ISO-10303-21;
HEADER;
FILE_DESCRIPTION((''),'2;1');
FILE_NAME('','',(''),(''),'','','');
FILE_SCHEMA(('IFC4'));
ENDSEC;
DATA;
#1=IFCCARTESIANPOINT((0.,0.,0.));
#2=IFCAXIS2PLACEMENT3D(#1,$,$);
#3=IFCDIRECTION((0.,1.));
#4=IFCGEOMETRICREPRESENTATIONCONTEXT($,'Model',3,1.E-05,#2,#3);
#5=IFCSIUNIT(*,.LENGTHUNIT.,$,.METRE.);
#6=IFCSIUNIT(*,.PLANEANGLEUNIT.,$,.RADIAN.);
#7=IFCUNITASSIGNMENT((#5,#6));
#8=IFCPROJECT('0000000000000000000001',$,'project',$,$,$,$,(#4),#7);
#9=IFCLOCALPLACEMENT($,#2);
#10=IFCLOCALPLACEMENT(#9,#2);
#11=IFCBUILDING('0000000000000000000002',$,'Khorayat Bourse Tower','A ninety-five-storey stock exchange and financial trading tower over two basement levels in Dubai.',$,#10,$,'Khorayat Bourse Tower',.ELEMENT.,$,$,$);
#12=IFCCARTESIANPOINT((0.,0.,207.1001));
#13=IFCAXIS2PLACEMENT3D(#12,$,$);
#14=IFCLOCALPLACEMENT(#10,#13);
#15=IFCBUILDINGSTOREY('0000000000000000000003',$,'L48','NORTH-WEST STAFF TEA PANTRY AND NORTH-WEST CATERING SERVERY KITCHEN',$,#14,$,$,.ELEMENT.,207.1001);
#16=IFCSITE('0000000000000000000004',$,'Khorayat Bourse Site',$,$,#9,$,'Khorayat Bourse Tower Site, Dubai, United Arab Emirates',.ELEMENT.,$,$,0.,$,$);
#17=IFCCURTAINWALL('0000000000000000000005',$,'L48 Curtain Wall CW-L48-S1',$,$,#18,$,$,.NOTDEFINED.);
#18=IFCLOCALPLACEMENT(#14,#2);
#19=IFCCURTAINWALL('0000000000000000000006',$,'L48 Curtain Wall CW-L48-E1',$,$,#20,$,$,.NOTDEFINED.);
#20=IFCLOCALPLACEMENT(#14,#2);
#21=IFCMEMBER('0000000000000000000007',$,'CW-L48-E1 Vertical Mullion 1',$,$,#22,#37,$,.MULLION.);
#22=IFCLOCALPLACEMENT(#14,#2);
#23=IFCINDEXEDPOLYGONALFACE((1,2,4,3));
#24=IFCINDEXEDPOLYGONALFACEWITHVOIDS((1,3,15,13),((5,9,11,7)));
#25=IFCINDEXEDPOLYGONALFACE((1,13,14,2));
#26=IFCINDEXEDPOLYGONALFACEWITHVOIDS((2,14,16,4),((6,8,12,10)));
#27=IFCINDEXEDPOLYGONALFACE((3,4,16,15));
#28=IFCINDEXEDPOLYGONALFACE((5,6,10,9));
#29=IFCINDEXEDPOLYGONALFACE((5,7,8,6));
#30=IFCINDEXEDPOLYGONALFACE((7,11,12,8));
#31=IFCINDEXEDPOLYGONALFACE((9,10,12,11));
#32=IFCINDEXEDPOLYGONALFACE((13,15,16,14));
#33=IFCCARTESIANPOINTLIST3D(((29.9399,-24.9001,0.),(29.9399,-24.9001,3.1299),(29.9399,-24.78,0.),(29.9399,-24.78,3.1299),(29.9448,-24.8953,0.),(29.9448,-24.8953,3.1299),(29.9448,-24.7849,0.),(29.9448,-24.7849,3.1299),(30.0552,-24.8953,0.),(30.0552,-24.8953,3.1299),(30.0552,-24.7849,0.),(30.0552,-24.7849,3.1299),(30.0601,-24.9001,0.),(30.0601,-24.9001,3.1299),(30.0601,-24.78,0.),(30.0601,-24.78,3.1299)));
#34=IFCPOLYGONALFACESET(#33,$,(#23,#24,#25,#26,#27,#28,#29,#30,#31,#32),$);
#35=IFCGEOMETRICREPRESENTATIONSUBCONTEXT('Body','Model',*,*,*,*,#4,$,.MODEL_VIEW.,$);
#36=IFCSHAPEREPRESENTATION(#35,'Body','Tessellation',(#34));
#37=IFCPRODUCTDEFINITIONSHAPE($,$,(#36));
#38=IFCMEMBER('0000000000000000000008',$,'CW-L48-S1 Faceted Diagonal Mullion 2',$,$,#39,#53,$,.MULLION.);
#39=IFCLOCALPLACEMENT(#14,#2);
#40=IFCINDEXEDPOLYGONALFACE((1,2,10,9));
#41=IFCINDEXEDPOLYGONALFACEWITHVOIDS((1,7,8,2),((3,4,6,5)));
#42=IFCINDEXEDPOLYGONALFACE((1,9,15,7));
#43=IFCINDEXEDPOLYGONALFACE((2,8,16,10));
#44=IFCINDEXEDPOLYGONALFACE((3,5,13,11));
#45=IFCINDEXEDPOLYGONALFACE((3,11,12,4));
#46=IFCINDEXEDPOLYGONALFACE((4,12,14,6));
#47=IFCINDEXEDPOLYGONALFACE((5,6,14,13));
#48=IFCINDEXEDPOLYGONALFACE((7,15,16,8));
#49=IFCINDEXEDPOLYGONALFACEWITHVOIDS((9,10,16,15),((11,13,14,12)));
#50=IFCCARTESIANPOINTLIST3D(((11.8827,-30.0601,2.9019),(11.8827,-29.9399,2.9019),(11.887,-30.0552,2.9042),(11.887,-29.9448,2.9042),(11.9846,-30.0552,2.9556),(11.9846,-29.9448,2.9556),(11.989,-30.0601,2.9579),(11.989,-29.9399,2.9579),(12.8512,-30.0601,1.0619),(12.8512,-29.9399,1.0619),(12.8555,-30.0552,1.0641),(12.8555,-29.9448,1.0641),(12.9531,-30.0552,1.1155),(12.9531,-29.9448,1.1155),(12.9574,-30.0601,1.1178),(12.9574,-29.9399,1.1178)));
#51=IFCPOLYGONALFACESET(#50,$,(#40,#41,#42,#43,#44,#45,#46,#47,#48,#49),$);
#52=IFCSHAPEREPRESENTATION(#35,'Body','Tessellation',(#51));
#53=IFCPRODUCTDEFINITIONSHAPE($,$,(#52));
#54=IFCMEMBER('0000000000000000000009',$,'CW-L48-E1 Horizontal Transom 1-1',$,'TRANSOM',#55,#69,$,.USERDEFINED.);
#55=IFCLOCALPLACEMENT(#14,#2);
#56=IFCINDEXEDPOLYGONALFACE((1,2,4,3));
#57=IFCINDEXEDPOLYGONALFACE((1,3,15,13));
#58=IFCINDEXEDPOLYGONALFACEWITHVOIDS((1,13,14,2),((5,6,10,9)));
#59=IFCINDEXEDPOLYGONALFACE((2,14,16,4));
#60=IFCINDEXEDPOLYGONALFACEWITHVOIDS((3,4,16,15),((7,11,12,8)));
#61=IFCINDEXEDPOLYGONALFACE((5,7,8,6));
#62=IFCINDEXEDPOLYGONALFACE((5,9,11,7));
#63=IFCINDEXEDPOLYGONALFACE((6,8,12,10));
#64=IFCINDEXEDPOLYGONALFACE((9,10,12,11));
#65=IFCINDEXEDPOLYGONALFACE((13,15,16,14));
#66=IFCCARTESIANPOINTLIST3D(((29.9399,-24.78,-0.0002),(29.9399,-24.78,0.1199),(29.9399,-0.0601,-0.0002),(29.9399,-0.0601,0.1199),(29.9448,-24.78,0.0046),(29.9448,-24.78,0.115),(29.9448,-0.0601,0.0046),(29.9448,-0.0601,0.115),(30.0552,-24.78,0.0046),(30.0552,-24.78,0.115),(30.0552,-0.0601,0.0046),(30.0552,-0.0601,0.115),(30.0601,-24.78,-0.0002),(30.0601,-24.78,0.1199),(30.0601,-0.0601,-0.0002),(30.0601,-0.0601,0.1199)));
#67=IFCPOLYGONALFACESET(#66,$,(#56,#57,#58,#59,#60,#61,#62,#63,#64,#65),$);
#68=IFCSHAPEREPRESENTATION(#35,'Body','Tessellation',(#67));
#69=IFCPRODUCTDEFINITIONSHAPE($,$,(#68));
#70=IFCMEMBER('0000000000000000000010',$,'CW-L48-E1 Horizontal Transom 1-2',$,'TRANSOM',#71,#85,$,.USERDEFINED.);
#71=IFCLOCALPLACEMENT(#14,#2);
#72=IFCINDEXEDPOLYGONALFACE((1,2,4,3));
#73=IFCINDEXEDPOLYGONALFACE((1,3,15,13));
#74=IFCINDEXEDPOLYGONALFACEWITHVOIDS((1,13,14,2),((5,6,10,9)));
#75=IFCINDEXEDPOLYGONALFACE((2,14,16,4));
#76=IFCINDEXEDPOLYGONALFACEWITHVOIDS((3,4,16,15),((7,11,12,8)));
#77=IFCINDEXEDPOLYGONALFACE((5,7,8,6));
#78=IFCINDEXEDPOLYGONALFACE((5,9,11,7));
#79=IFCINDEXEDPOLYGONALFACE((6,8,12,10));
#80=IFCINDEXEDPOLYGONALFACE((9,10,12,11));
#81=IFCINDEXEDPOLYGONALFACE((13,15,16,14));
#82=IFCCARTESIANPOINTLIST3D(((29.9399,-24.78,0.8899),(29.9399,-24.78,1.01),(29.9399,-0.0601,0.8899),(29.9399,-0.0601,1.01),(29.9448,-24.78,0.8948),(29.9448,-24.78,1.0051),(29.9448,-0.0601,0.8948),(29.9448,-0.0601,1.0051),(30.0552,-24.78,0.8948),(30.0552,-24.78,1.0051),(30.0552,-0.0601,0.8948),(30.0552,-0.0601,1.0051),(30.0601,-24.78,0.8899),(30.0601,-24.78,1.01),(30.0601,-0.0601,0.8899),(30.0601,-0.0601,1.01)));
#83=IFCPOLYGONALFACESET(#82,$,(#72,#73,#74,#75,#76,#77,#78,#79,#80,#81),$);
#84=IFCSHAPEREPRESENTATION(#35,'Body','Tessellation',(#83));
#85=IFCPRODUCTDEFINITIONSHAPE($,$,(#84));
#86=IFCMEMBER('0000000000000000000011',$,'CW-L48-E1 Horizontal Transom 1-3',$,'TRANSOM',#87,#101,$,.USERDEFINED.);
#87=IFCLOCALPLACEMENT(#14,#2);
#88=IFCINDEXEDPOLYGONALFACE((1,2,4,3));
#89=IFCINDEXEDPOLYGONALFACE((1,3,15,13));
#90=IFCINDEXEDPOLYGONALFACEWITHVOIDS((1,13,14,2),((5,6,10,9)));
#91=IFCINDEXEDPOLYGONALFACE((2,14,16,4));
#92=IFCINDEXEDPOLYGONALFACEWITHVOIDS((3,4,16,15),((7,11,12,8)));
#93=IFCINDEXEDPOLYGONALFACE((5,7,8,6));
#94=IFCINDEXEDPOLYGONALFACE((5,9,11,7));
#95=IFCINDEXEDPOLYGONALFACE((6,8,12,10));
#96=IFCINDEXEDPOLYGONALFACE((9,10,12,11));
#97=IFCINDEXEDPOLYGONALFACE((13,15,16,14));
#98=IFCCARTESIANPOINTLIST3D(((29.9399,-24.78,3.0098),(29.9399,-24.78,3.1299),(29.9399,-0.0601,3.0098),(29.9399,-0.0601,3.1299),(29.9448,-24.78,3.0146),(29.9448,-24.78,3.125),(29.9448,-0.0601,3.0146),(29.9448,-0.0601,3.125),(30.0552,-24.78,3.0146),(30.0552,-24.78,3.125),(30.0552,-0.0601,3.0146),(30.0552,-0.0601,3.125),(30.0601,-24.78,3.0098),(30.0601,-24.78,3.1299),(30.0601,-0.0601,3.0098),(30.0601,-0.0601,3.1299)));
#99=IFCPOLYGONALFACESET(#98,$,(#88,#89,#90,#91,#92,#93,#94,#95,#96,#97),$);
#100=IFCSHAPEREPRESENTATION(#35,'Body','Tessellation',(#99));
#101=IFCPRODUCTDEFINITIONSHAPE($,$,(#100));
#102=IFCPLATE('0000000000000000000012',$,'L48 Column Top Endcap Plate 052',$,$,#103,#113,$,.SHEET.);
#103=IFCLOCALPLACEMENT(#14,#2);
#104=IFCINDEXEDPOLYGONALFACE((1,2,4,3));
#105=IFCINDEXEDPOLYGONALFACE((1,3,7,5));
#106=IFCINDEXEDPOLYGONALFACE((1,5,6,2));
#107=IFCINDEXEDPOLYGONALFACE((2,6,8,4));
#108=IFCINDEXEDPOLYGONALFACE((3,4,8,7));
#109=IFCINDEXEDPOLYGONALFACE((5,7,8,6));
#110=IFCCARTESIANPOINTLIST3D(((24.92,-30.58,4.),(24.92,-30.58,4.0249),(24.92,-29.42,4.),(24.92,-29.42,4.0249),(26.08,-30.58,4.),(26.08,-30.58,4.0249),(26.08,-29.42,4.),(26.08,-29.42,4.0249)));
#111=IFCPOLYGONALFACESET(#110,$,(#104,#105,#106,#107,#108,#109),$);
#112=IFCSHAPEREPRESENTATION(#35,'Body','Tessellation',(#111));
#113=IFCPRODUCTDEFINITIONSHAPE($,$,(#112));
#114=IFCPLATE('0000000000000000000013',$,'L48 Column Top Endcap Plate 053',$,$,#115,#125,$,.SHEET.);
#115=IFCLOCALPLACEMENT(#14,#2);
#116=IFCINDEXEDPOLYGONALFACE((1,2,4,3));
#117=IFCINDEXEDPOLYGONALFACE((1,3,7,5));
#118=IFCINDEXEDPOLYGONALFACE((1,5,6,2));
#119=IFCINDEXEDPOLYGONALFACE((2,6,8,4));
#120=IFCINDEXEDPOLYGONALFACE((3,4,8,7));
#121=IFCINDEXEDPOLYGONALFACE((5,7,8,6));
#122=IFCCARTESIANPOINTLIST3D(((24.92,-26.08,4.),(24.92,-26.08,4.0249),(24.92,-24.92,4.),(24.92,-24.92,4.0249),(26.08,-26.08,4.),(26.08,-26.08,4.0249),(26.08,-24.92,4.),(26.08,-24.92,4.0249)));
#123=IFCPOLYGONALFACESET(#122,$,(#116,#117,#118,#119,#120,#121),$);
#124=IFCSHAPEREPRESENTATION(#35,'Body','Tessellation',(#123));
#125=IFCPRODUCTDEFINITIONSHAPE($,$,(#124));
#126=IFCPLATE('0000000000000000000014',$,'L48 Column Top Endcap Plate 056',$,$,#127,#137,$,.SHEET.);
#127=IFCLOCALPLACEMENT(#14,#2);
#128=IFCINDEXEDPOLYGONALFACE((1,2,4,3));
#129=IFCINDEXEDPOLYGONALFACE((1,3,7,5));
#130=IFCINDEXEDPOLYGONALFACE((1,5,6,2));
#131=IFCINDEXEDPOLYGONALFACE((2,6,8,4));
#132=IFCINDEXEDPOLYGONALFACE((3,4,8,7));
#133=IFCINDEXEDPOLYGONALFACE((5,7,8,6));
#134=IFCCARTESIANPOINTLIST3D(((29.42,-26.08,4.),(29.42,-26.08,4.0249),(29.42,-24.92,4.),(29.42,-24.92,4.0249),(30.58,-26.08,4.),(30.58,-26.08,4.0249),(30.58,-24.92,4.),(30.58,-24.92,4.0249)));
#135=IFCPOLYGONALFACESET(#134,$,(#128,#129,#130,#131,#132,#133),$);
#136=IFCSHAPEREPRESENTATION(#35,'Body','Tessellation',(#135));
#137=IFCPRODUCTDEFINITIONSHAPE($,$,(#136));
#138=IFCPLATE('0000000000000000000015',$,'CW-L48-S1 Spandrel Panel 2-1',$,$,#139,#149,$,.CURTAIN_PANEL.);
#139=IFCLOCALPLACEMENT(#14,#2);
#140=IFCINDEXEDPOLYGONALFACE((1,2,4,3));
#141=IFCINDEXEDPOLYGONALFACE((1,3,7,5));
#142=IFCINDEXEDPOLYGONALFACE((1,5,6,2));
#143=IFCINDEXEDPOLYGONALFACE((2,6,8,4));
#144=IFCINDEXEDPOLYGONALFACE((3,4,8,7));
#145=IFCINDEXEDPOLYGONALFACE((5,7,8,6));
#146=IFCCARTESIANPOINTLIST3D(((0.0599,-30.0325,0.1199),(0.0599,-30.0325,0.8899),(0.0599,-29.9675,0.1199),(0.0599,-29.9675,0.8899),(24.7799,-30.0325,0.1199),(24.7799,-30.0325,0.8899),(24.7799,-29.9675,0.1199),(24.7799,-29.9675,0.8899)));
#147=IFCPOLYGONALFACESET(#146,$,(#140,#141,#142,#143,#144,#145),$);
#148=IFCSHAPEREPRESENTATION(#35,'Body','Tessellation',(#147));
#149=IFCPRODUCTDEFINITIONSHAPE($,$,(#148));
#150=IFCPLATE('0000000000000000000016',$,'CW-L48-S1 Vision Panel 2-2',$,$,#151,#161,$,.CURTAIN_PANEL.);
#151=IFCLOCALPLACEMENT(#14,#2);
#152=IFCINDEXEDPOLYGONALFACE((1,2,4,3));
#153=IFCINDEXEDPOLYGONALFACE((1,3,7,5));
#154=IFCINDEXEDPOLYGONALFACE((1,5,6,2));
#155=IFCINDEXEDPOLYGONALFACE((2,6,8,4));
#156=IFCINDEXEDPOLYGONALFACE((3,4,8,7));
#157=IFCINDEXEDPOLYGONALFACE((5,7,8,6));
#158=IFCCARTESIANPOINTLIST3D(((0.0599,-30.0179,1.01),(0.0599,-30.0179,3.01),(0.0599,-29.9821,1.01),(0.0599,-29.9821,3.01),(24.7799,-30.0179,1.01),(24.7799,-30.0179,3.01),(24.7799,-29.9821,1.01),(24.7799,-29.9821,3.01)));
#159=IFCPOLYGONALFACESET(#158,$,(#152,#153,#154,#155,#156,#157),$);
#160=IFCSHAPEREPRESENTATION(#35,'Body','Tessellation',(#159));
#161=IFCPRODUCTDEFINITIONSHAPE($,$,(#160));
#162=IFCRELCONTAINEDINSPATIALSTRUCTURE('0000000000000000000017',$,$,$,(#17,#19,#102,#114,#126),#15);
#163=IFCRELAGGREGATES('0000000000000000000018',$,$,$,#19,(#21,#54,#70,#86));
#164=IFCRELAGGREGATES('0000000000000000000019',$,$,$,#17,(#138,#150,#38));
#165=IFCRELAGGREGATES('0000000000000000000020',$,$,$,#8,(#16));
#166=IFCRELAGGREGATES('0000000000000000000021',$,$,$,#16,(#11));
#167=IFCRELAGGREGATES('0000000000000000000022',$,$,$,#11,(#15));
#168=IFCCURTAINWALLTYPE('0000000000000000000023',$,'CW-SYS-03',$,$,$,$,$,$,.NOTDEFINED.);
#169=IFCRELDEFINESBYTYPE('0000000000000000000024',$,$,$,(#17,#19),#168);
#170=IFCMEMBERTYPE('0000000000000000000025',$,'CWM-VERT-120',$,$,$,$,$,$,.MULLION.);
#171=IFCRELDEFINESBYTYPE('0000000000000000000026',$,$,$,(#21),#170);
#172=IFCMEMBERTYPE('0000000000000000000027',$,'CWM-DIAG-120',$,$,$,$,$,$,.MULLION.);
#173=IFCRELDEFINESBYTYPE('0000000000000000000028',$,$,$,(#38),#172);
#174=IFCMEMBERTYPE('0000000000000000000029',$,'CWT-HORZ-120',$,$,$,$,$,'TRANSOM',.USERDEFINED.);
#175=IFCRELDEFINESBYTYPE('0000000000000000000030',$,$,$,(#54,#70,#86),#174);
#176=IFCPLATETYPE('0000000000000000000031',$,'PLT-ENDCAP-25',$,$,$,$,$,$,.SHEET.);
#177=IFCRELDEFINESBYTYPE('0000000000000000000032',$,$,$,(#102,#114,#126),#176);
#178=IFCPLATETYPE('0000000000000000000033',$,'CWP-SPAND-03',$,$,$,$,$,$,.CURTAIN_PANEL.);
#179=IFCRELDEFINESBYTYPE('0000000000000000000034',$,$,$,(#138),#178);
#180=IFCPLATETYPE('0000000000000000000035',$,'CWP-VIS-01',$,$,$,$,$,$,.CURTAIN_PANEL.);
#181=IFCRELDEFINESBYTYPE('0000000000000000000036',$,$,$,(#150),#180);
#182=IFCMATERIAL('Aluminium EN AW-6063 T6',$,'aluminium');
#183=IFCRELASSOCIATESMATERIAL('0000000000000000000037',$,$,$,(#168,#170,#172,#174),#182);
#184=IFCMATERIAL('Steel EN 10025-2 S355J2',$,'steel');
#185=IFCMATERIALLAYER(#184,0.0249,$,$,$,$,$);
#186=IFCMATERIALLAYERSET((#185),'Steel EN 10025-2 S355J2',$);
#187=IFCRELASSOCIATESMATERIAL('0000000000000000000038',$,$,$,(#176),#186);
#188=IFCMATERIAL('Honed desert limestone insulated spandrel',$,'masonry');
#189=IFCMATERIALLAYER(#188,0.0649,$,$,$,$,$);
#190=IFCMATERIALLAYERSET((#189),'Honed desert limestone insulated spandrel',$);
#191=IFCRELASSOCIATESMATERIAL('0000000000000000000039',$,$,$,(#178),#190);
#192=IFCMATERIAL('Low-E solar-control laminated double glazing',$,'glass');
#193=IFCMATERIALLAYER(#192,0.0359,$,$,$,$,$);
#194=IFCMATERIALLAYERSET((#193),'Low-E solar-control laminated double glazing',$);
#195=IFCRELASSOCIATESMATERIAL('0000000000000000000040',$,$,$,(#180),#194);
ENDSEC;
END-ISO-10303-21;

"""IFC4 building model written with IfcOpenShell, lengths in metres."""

from ifc_helpers import new_model, si_unit, direction, frame, origin, origin_2d, place, context, subcontext, project, spatial, rectangle, hollow_rectangle, extrude, source, transform, mapped, material, layer, layer_set, material_profile, profile_set, type_object, element, aggregate, save


model = new_model("IFC4")

# Units and contexts
model_context = context("Model", 3, precision=1e-05, world=origin(), true_north=direction((0.0, 1.0)))
body_context = subcontext(model_context, "Body", "Model", "MODEL_VIEW")
ifc_project = project(units=[si_unit("LENGTHUNIT", "METRE"), si_unit("PLANEANGLEUNIT", "RADIAN")], contexts=[model_context])

# Site, building, storey
site_placement = place(None, origin())
site = spatial("IfcSite", under=ifc_project, at=site_placement, Name="Khorayat Bourse Site", LongName="Khorayat Bourse Tower Site, Dubai, United Arab Emirates", CompositionType="ELEMENT", RefElevation=0.0)
building_placement = place(site_placement, origin())
building = spatial("IfcBuilding", under=site, at=building_placement, Name="Khorayat Bourse Tower", Description="A ninety-five-storey stock exchange and financial trading tower over two basement levels in Dubai.", LongName="Khorayat Bourse Tower", CompositionType="ELEMENT")
storey_placement = place(building_placement, frame((0.0, 0.0, 207.1001)))
storey = spatial("IfcBuildingStorey", under=building, at=storey_placement, Name="L48", Description="NORTH-WEST STAFF TEA PANTRY AND NORTH-WEST CATERING SERVERY KITCHEN", CompositionType="ELEMENT", Elevation=207.1001)

# Curtain walls, member
ifc_material_1 = material(Name="Aluminium EN AW-6063 T6", Category="aluminium")
curtain_wall_type = type_object("IfcCurtainWallType", Name="CW-SYS-03", PredefinedType="NOTDEFINED", material=ifc_material_1)
curtain_wall_1_placement = place(storey_placement, origin())
curtain_wall_1 = element("IfcCurtainWall", 1, at=curtain_wall_1_placement, inside=storey, type_object=curtain_wall_type, Name="L48 Curtain Wall CW-L48-S1", PredefinedType="NOTDEFINED")
ifc_material_profile_1 = material_profile(ifc_material_1, hollow_rectangle(XDim=0.1201, YDim=0.1201, WallThickness=0.0049, at=origin_2d()), Name="ALU 120x120x5")
ifc_profile_set_1 = profile_set([ifc_material_profile_1], Name="Aluminium EN AW-6063 T6")
member_type_1 = type_object("IfcMemberType", Name="CWM-VERT-120", PredefinedType="MULLION", material=ifc_profile_set_1)
shared_shape_1 = source(origin(), body_context, "Body", "SweptSolid", [
    extrude(hollow_rectangle(XDim=0.1201, YDim=0.1201, WallThickness=0.0049, at=origin_2d()), origin(), (0.0, 0.0, 1.0), 3.1299),
])
curtain_wall_2_placement = place(storey_placement, origin())
curtain_wall_2 = element("IfcCurtainWall", 2, at=curtain_wall_2_placement, inside=storey, type_object=curtain_wall_type, Name="L48 Curtain Wall CW-L48-E1", PredefinedType="NOTDEFINED")
member_1_placement = place(storey_placement, frame((30.0, -24.8401, 0.0), z_axis=(0.0, 0.0, 1.0), x_axis=(-1.0, 0.0, 0.0)))
member_1 = element("IfcMember", 3, at=member_1_placement, type_object=member_type_1, Name="CW-L48-E1 Vertical Mullion 1", PredefinedType="MULLION", context=body_context, shape_type="MappedRepresentation", body=[
    mapped(shared_shape_1, transform((0.0, 0.0, 0.0), scale=1.0)),
])

# Members
ifc_material_profile_2 = material_profile(ifc_material_1, hollow_rectangle(XDim=0.1201, YDim=0.1201, WallThickness=0.0049, at=origin_2d()), Name="ALU 120x120x5")
ifc_profile_set_2 = profile_set([ifc_material_profile_2], Name="Aluminium EN AW-6063 T6")
member_type_2 = type_object("IfcMemberType", Name="CWM-DIAG-120", PredefinedType="MULLION", material=ifc_profile_set_2)
shared_shape_2 = source(origin(), body_context, "Body", "SweptSolid", [
    extrude(hollow_rectangle(XDim=0.1201, YDim=0.1201, WallThickness=0.0049, at=origin_2d()), origin(), (0.0, 0.0, 1.0), 2.0793),
])
member_2_placement = place(storey_placement, frame((12.9043, -30.0, 1.0898), z_axis=(-0.465761, 0.0, 0.884911), x_axis=(0.0, -1.0, 0.0)))
member_2 = element("IfcMember", 4, at=member_2_placement, type_object=member_type_2, Name="CW-L48-S1 Faceted Diagonal Mullion 2", PredefinedType="MULLION", context=body_context, shape_type="MappedRepresentation", body=[
    mapped(shared_shape_2, transform((0.0, 0.0, 0.0), scale=1.0)),
])
ifc_material_profile_3 = material_profile(ifc_material_1, hollow_rectangle(XDim=0.1201, YDim=0.1201, WallThickness=0.0049, at=origin_2d()), Name="ALU 120x120x5")
ifc_profile_set_3 = profile_set([ifc_material_profile_3], Name="Aluminium EN AW-6063 T6")
member_type_3 = type_object("IfcMemberType", Name="CWT-HORZ-120", ElementType="TRANSOM", PredefinedType="USERDEFINED", material=ifc_profile_set_3)
shared_shape_3 = source(origin(), body_context, "Body", "SweptSolid", [
    extrude(hollow_rectangle(XDim=0.1201, YDim=0.1201, WallThickness=0.0049, at=origin_2d()), origin(), (0.0, 0.0, 1.0), 24.72),
])
member_3_placement = place(storey_placement, frame((30.0, -24.78, 0.0598), z_axis=(0.0, 1.0, 0.0), x_axis=(-1.0, 0.0, 0.0)))
member_3 = element("IfcMember", 5, at=member_3_placement, type_object=member_type_3, Name="CW-L48-E1 Horizontal Transom 1-1", ObjectType="TRANSOM", PredefinedType="USERDEFINED", context=body_context, shape_type="MappedRepresentation", body=[
    mapped(shared_shape_3, transform((0.0, 0.0, 0.0), scale=1.0)),
])
member_4_placement = place(storey_placement, frame((30.0, -24.78, 0.95), z_axis=(0.0, 1.0, 0.0), x_axis=(-1.0, 0.0, 0.0)))
member_4 = element("IfcMember", 6, at=member_4_placement, type_object=member_type_3, Name="CW-L48-E1 Horizontal Transom 1-2", ObjectType="TRANSOM", PredefinedType="USERDEFINED", context=body_context, shape_type="MappedRepresentation", body=[
    mapped(shared_shape_3, transform((0.0, 0.0, 0.0), scale=1.0)),
])
member_5_placement = place(storey_placement, frame((30.0, -24.78, 3.0698), z_axis=(0.0, 1.0, 0.0), x_axis=(-1.0, 0.0, 0.0)))
member_5 = element("IfcMember", 7, at=member_5_placement, type_object=member_type_3, Name="CW-L48-E1 Horizontal Transom 1-3", ObjectType="TRANSOM", PredefinedType="USERDEFINED", context=body_context, shape_type="MappedRepresentation", body=[
    mapped(shared_shape_3, transform((0.0, 0.0, 0.0), scale=1.0)),
])
aggregate(curtain_wall_2, [member_1, member_3, member_4, member_5])

# Plates
ifc_material_2 = material(Name="Steel EN 10025-2 S355J2", Category="steel")
ifc_layer_1 = layer(ifc_material_2, 0.0249)
ifc_layer_set_1 = layer_set([ifc_layer_1], Name="Steel EN 10025-2 S355J2")
plate_type_1 = type_object("IfcPlateType", Name="PLT-ENDCAP-25", PredefinedType="SHEET", material=ifc_layer_set_1)
shared_shape_4 = source(origin(), body_context, "Body", "SweptSolid", [
    extrude(rectangle(XDim=1.1599, YDim=1.1599, at=origin_2d()), origin(), (0.0, 0.0, 1.0), 0.0249),
])
for number, where, z_axis, x_axis, name in (
    (8, (25.5, -30.0, 4.0), (0.0, 0.0, 1.0), (1.0, 0.0, 0.0), "L48 Column Top Endcap Plate 052"),
    (9, (25.5, -25.5, 4.0), (0.0, 0.0, 1.0), (1.0, 0.0, 0.0), "L48 Column Top Endcap Plate 053"),
    (10, (30.0, -25.5, 4.0), (0.0, 0.0, 1.0), (1.0, 0.0, 0.0), "L48 Column Top Endcap Plate 056"),
):
    element("IfcPlate", number, at=place(storey_placement, frame(where, z_axis=z_axis, x_axis=x_axis)), inside=storey, type_object=plate_type_1, Name=name, PredefinedType="SHEET", context=body_context, shape_type="MappedRepresentation", body=[
        mapped(shared_shape_4, transform((0.0, 0.0, 0.0), scale=1.0)),
    ])

# Plates
ifc_material_3 = material(Name="Honed desert limestone insulated spandrel", Category="masonry")
ifc_layer_2 = layer(ifc_material_3, 0.0649)
ifc_layer_set_2 = layer_set([ifc_layer_2], Name="Honed desert limestone insulated spandrel")
plate_type_2 = type_object("IfcPlateType", Name="CWP-SPAND-03", PredefinedType="CURTAIN_PANEL", material=ifc_layer_set_2)
shared_shape_5 = source(origin(), body_context, "Body", "SweptSolid", [
    extrude(rectangle(XDim=24.72, YDim=0.0649, at=origin_2d()), origin(), (0.0, 0.0, 1.0), 0.77),
])
plate_1_placement = place(storey_placement, frame((12.4199, -30.0, 0.1199), z_axis=(0.0, 0.0, 1.0), x_axis=(1.0, 0.0, 0.0)))
plate_1 = element("IfcPlate", 11, at=plate_1_placement, type_object=plate_type_2, Name="CW-L48-S1 Spandrel Panel 2-1", PredefinedType="CURTAIN_PANEL", context=body_context, shape_type="MappedRepresentation", body=[
    mapped(shared_shape_5, transform((0.0, 0.0, 0.0), scale=1.0)),
])
ifc_material_4 = material(Name="Low-E solar-control laminated double glazing", Category="glass")
ifc_layer_3 = layer(ifc_material_4, 0.0359)
ifc_layer_set_3 = layer_set([ifc_layer_3], Name="Low-E solar-control laminated double glazing")
plate_type_3 = type_object("IfcPlateType", Name="CWP-VIS-01", PredefinedType="CURTAIN_PANEL", material=ifc_layer_set_3)
shared_shape_6 = source(origin(), body_context, "Body", "SweptSolid", [
    extrude(rectangle(XDim=24.72, YDim=0.0359, at=origin_2d()), origin(), (0.0, 0.0, 1.0), 2.0),
])
plate_2_placement = place(storey_placement, frame((12.4199, -30.0, 1.01), z_axis=(0.0, 0.0, 1.0), x_axis=(1.0, 0.0, 0.0)))
plate_2 = element("IfcPlate", 12, at=plate_2_placement, type_object=plate_type_3, Name="CW-L48-S1 Vision Panel 2-2", PredefinedType="CURTAIN_PANEL", context=body_context, shape_type="MappedRepresentation", body=[
    mapped(shared_shape_6, transform((0.0, 0.0, 0.0), scale=1.0)),
])
aggregate(curtain_wall_1, [plate_1, plate_2, member_2])

save(model, "model.ifc")
